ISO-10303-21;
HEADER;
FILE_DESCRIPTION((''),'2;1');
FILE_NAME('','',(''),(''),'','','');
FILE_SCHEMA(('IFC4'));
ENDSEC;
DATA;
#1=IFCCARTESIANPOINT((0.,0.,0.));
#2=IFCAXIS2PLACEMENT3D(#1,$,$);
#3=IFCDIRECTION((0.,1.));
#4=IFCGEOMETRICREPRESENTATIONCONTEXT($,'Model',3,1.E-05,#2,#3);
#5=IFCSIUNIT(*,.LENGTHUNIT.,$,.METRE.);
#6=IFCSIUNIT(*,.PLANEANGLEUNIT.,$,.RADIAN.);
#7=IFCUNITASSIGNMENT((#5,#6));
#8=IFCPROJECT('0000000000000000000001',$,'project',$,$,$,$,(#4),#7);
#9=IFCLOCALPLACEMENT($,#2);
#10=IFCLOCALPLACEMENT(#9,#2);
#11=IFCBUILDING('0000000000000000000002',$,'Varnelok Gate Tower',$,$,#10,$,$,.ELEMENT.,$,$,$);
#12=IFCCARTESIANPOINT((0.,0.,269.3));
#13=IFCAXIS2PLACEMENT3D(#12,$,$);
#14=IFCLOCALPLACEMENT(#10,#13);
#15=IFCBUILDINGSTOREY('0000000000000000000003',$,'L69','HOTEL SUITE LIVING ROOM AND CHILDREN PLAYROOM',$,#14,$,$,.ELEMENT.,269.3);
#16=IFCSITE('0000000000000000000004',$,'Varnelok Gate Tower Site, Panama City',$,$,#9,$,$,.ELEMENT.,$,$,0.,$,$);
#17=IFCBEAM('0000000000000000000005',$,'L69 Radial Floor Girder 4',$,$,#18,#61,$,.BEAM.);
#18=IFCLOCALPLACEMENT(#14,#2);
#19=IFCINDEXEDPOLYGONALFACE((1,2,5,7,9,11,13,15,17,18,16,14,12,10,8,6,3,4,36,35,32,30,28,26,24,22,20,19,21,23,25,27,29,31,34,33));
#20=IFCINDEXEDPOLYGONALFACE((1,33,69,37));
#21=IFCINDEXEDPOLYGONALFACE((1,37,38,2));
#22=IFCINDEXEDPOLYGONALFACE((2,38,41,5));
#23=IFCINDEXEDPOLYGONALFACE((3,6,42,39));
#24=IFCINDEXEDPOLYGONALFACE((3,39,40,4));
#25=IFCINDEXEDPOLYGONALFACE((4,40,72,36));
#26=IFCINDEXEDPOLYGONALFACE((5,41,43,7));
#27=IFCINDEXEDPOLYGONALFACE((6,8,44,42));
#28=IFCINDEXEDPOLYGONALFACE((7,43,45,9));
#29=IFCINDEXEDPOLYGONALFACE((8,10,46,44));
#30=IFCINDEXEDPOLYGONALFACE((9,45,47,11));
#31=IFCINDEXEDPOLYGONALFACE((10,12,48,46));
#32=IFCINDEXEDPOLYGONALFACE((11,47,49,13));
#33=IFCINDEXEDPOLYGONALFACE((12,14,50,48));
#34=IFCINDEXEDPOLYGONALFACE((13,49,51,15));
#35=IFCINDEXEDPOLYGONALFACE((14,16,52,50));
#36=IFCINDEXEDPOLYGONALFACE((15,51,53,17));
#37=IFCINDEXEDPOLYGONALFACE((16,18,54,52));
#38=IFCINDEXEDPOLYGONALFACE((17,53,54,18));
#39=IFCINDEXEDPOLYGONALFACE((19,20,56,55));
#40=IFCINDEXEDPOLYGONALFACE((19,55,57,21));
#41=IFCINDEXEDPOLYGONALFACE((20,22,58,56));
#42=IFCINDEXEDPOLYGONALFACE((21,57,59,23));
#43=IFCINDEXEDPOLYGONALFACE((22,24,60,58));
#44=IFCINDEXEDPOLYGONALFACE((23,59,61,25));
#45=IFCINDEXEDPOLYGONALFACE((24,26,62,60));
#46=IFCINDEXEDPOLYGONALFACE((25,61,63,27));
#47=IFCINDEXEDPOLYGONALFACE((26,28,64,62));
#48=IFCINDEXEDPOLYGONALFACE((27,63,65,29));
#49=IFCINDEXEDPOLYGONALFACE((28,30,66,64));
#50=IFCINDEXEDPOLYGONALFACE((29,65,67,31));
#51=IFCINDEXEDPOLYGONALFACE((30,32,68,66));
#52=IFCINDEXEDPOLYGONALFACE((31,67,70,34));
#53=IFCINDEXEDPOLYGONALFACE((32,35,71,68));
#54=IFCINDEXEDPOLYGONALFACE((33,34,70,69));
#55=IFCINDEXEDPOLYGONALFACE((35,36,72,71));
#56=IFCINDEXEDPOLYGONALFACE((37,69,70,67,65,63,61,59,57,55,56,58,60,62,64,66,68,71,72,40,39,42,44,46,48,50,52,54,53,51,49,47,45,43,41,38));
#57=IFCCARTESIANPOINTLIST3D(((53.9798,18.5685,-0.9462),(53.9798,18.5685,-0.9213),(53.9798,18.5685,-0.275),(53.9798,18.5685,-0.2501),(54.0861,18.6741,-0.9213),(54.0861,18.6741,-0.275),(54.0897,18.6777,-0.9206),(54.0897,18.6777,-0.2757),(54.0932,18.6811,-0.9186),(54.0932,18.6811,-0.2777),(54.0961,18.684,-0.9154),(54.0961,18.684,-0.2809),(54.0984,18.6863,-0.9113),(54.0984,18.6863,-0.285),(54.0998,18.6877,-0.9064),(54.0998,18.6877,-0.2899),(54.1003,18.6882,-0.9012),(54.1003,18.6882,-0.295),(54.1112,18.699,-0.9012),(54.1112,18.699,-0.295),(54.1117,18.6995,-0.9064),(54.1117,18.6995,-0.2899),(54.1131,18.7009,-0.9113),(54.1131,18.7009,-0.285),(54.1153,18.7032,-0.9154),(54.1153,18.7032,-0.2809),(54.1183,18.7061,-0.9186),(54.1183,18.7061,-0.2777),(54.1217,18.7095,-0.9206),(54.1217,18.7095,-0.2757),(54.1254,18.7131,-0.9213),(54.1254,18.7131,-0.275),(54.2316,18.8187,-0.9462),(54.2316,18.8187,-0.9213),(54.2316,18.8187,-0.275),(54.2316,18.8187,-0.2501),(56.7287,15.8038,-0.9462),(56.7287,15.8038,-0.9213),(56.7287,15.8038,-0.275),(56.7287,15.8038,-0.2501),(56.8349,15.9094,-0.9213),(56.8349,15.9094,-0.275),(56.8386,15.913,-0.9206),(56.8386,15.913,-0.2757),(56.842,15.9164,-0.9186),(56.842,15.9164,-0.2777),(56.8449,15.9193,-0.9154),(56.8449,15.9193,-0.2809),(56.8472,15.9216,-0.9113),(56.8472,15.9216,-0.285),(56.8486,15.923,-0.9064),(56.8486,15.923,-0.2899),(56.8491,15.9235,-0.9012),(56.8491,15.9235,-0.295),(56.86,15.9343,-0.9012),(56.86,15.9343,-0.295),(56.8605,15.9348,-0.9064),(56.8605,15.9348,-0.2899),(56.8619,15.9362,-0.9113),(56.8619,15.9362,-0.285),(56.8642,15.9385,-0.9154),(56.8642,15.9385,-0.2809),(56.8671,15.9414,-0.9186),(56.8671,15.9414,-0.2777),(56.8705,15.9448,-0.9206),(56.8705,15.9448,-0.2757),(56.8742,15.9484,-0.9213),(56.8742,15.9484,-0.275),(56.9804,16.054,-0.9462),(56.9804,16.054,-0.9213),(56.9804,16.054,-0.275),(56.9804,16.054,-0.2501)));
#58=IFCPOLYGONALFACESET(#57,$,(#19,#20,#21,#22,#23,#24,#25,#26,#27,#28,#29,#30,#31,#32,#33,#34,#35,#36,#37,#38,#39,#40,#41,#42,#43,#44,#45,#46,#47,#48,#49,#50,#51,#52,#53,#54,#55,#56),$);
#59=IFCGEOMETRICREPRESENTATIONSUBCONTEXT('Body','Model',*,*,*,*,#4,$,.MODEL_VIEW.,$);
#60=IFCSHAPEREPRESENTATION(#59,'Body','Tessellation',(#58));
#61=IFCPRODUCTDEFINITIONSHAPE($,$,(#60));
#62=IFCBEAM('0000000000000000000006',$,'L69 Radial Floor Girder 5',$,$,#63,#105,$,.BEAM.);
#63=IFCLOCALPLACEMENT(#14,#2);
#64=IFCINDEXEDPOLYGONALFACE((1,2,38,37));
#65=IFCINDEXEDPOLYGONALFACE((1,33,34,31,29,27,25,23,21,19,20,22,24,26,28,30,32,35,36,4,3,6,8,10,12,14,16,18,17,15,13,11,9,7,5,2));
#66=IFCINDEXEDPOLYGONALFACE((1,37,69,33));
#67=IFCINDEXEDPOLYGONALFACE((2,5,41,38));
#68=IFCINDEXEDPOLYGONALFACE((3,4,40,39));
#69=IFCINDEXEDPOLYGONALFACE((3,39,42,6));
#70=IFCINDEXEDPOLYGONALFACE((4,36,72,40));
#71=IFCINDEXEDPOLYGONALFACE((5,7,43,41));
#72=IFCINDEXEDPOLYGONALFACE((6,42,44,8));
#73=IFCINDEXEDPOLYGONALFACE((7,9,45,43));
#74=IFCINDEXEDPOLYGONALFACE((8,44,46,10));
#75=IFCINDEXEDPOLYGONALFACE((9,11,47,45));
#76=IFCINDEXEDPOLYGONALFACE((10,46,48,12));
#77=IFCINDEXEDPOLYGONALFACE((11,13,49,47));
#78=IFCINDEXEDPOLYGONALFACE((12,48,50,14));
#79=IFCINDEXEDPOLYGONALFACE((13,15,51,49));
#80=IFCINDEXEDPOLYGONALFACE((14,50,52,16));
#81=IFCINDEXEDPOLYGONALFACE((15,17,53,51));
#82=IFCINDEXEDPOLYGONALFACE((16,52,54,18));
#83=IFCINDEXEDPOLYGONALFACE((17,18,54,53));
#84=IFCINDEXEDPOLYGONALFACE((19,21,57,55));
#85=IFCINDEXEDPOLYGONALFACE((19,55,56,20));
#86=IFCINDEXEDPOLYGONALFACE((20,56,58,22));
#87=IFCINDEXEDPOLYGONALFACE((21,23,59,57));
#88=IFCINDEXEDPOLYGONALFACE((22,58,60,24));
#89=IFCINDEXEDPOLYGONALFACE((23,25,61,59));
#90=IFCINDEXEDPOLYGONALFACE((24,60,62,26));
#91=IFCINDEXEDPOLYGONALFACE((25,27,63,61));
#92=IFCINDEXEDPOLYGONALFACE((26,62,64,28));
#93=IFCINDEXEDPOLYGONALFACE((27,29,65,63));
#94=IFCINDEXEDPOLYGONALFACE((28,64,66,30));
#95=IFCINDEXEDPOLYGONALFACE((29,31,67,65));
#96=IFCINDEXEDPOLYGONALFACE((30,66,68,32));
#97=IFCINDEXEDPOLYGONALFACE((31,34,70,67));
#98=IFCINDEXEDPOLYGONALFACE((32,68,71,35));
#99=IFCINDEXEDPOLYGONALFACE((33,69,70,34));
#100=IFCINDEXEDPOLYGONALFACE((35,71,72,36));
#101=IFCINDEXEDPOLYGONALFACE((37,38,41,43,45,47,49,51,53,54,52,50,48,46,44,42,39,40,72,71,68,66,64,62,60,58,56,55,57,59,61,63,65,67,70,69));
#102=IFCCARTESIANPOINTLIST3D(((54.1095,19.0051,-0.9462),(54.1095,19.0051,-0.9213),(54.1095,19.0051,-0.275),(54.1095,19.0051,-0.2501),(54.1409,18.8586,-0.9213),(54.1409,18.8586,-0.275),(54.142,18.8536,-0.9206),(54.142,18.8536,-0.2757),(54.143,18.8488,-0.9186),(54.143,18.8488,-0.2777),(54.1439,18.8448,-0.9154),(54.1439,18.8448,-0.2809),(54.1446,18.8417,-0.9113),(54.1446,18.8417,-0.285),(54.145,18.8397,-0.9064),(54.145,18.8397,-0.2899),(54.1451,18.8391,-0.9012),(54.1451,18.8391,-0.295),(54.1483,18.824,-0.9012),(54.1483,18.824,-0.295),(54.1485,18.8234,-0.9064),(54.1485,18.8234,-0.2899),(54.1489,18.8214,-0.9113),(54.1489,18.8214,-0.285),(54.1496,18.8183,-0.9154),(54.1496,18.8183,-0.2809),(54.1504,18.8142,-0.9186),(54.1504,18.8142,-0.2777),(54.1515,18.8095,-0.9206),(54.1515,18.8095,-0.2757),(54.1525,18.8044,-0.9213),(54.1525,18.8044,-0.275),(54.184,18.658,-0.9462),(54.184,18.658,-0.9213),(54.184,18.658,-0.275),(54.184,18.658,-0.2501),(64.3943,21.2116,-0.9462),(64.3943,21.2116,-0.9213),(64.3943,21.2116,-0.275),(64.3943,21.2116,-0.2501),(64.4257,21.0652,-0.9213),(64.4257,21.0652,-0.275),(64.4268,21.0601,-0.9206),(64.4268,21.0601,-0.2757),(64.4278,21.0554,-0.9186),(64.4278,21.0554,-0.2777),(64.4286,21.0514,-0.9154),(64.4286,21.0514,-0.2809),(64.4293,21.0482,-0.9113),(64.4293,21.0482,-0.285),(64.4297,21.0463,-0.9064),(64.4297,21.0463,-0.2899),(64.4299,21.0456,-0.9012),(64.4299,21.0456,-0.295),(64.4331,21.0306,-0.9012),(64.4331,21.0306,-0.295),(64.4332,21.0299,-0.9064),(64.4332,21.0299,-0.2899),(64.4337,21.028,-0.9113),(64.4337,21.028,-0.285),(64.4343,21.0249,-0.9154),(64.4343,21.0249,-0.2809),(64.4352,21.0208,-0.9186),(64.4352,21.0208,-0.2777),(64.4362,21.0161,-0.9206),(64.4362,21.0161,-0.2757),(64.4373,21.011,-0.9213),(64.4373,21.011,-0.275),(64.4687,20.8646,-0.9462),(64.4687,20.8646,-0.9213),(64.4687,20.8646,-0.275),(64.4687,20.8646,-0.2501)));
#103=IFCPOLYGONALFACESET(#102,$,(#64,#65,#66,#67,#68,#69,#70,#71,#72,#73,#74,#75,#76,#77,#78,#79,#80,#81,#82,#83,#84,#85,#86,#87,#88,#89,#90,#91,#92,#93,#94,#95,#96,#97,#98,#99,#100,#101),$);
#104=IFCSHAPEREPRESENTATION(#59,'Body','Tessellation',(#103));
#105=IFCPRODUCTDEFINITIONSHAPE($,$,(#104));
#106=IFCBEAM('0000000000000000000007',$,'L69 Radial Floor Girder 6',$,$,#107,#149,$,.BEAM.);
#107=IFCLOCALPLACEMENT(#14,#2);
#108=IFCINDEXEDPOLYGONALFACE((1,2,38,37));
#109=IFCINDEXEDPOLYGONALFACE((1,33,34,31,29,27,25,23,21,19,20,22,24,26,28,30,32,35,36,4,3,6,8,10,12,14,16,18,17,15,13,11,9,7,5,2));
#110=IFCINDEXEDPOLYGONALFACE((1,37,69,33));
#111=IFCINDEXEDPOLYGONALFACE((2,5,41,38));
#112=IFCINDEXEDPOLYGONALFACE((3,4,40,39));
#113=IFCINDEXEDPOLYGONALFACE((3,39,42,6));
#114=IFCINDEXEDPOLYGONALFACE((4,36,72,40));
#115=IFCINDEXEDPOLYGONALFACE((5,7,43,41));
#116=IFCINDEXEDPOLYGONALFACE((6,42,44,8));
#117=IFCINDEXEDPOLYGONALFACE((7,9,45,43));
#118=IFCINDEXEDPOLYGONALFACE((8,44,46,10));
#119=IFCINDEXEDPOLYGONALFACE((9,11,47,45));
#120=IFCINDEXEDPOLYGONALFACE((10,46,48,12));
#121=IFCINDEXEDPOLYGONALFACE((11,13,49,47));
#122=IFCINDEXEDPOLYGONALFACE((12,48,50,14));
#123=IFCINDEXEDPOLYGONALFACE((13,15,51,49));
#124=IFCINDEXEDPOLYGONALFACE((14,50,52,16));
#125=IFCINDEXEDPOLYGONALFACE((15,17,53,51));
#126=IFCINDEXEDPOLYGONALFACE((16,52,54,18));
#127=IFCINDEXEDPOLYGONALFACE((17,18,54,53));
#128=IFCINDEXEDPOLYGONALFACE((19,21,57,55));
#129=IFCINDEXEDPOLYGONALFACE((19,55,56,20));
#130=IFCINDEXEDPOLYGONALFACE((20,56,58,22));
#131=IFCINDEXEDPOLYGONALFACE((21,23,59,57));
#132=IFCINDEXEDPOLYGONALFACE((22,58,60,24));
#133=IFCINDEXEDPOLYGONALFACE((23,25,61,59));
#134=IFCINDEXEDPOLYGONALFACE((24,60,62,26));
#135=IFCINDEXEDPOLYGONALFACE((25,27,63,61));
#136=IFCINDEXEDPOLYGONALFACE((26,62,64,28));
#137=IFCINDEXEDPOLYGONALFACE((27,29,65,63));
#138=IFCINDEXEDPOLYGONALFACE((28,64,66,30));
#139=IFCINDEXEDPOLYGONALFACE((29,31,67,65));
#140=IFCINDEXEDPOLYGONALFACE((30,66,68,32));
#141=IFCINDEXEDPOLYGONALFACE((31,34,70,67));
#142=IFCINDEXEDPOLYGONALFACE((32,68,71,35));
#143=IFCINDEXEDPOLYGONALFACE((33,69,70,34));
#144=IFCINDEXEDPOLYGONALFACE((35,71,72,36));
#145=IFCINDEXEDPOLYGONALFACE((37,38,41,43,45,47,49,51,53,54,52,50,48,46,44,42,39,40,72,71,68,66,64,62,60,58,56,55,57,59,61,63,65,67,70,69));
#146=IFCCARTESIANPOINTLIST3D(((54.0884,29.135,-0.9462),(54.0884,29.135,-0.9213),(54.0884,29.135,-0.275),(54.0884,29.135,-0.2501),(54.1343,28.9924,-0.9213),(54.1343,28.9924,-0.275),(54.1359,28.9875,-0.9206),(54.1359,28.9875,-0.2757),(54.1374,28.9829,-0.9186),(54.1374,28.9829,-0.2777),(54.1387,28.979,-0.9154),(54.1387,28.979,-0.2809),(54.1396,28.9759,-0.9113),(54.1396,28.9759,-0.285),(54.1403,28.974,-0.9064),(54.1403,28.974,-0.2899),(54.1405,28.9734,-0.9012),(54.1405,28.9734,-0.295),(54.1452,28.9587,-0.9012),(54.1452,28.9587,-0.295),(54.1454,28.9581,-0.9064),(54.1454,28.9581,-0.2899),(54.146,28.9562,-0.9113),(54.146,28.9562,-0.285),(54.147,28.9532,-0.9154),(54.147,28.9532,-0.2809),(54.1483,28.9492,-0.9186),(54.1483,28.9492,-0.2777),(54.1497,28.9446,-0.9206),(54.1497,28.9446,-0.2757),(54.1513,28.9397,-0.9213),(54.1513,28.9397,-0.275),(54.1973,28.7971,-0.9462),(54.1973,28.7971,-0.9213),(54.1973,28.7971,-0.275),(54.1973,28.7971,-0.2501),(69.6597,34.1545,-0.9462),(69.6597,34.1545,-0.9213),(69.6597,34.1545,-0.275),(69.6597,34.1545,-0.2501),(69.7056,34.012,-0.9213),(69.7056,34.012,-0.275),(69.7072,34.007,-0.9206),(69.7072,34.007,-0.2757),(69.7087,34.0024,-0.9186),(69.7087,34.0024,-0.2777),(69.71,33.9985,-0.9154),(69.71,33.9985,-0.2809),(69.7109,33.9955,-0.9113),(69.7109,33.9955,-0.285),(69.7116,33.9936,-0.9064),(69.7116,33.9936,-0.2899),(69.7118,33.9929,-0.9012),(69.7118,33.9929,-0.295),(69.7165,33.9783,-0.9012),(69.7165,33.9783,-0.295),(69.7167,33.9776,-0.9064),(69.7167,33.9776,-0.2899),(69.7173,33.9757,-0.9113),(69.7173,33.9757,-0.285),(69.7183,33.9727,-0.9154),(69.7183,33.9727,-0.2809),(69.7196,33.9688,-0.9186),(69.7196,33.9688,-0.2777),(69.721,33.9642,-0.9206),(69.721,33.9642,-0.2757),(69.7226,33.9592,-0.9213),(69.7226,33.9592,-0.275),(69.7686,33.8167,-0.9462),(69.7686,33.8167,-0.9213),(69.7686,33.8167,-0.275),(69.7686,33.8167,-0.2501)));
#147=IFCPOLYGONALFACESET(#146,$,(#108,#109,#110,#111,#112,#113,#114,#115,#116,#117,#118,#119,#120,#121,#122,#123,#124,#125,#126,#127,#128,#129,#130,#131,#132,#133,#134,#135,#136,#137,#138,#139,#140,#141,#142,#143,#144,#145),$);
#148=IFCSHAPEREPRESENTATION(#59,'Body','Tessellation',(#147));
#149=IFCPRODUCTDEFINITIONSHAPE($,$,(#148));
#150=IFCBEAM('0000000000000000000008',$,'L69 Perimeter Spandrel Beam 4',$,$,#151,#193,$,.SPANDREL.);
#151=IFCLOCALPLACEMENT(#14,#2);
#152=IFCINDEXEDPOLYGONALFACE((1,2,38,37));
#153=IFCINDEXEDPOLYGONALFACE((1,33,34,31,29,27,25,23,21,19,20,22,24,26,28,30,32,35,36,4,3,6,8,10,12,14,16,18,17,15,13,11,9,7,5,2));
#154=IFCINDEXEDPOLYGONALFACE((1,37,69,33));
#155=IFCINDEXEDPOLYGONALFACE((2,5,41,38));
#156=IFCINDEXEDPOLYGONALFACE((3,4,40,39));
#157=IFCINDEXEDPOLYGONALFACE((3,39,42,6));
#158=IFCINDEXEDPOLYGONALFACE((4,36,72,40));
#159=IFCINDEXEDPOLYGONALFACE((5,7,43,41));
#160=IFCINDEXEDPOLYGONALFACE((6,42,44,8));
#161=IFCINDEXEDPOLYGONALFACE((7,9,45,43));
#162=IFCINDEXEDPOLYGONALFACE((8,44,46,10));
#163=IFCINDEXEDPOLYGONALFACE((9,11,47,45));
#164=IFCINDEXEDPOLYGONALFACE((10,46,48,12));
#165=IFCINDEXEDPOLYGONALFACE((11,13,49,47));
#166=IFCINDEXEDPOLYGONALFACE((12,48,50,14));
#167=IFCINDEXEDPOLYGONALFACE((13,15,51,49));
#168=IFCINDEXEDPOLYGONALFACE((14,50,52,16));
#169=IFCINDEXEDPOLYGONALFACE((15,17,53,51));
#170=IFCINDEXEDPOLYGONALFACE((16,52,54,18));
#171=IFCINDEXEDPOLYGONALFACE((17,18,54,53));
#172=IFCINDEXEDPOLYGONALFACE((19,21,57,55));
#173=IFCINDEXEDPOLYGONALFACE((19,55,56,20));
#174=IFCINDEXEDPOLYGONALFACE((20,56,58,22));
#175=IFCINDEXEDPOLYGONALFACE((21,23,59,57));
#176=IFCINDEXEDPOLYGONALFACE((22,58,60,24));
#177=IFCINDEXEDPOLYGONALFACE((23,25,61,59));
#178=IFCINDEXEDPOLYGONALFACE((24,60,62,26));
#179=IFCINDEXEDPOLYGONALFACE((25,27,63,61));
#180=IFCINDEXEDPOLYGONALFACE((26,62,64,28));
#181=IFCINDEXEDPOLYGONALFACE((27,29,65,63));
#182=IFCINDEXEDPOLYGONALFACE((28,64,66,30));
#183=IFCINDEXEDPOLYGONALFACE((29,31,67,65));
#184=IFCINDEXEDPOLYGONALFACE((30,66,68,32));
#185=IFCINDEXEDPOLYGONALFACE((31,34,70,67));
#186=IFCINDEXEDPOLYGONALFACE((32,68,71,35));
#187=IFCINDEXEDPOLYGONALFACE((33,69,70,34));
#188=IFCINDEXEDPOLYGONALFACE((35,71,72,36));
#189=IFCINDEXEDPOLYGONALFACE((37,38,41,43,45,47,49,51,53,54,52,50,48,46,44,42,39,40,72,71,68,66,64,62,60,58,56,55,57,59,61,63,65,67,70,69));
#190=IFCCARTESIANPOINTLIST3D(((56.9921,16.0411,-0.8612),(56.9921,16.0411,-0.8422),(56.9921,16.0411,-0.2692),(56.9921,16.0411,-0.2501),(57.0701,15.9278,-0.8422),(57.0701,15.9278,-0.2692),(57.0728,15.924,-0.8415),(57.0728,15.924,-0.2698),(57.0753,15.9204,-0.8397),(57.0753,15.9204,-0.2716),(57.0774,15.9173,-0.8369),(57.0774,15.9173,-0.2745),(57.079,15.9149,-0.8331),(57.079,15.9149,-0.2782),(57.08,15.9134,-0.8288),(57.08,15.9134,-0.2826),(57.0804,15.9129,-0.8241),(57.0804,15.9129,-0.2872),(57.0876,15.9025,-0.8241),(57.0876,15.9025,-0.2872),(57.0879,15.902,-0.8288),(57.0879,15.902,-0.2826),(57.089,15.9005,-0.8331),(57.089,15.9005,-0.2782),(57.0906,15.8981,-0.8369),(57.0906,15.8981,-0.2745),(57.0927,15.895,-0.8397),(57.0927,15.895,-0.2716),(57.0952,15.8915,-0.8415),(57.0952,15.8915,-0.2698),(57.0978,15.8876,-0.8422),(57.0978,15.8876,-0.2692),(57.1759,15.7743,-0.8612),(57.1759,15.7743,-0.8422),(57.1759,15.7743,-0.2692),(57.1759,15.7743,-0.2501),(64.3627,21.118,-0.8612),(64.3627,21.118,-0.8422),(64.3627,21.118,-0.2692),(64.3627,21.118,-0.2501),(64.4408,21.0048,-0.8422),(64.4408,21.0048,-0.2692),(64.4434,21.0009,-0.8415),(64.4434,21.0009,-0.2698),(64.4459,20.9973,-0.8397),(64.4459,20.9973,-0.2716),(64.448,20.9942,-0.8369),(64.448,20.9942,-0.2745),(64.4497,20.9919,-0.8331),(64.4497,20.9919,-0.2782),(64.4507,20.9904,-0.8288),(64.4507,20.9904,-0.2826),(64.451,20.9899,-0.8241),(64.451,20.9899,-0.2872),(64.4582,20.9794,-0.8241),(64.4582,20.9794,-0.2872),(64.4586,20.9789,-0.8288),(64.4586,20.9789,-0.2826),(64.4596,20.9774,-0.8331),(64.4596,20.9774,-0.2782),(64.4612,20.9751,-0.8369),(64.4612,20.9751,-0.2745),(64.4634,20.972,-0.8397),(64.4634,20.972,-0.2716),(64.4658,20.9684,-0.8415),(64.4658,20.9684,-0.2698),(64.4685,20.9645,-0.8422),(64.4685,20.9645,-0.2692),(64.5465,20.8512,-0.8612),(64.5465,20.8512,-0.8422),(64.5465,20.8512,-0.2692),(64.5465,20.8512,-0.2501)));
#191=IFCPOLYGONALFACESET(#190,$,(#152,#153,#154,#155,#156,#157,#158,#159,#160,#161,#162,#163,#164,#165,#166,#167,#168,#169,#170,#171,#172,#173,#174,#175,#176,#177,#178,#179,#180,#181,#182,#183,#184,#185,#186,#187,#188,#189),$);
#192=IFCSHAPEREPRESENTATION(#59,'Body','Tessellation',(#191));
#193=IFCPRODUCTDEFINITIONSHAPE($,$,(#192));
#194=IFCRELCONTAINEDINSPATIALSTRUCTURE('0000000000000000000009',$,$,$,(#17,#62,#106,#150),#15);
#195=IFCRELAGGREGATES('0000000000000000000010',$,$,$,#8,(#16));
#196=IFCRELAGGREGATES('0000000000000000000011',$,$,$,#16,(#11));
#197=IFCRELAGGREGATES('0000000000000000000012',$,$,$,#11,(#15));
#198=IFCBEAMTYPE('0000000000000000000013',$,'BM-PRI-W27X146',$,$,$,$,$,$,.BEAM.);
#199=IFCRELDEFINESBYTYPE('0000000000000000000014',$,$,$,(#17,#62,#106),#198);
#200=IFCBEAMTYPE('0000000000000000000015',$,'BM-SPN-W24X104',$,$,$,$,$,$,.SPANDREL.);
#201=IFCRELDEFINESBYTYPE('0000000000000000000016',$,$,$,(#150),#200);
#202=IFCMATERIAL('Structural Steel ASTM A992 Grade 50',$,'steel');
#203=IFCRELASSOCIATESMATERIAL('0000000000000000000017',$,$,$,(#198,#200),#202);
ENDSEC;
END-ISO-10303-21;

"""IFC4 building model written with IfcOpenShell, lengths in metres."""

from ifc_helpers import new_model, si_unit, direction, frame, origin, origin_2d, place, context, subcontext, project, spatial, i_section, extrude, material, material_profile, profile_set, type_object, element, save


model = new_model("IFC4")

# Units and contexts
model_context = context("Model", 3, precision=1e-05, world=origin(), true_north=direction((0.0, 1.0)))
body_context = subcontext(model_context, "Body", "Model", "MODEL_VIEW")
ifc_project = project(units=[si_unit("LENGTHUNIT", "METRE"), si_unit("PLANEANGLEUNIT", "RADIAN")], contexts=[model_context])

# Site, building, storey
site_placement = place(None, origin())
site = spatial("IfcSite", under=ifc_project, at=site_placement, Name="Varnelok Gate Tower Site, Panama City", CompositionType="ELEMENT", RefElevation=0.0)
building_placement = place(site_placement, origin())
building = spatial("IfcBuilding", under=site, at=building_placement, Name="Varnelok Gate Tower", CompositionType="ELEMENT")
storey_placement = place(building_placement, frame((0.0, 0.0, 269.3)))
storey = spatial("IfcBuildingStorey", under=building, at=storey_placement, Name="L69", Description="HOTEL SUITE LIVING ROOM AND CHILDREN PLAYROOM", CompositionType="ELEMENT", Elevation=269.3)

# Shared definitions
ifc_material_1 = material(Name="Structural Steel ASTM A992 Grade 50", Category="steel")

# Beams
ifc_material_profile_1 = material_profile(ifc_material_1, i_section(OverallWidth=0.355, OverallDepth=0.696, WebThickness=0.0154, FlangeThickness=0.0249, FilletRadius=0.02, at=origin_2d()), Name="W27X146")
ifc_profile_set_1 = profile_set([ifc_material_profile_1], Name="Structural Steel ASTM A992 Grade 50")
beam_type_1 = type_object("IfcBeamType", Name="BM-PRI-W27X146", PredefinedType="BEAM", material=ifc_profile_set_1)
beam_1_placement = place(storey_placement, frame((54.1057, 18.6936, -0.5981), z_axis=(0.705069, -0.709139, 0.0), x_axis=(0.709139, 0.705069, 0.0)))
element("IfcBeam", 1, at=beam_1_placement, inside=storey, type_object=beam_type_1, Name="L69 Radial Floor Girder 4", PredefinedType="BEAM", context=body_context, shape_type="SweptSolid", body=[
    extrude(i_section(OverallWidth=0.355, OverallDepth=0.696, WebThickness=0.0154, FlangeThickness=0.0249, FilletRadius=0.02, at=origin_2d()), origin(), (0.0, 0.0, 1.0), 3.8987),
])
beam_2_placement = place(storey_placement, frame((54.1467, 18.8315, -0.5981), z_axis=(0.97775, 0.209773, 0.0), x_axis=(-0.209773, 0.97775, 0.0)))
element("IfcBeam", 2, at=beam_2_placement, inside=storey, type_object=beam_type_1, Name="L69 Radial Floor Girder 5", PredefinedType="BEAM", context=body_context, shape_type="SweptSolid", body=[
    extrude(i_section(OverallWidth=0.355, OverallDepth=0.696, WebThickness=0.0154, FlangeThickness=0.0249, FilletRadius=0.02, at=origin_2d()), origin(), (0.0, 0.0, 1.0), 10.5188),
])
beam_3_placement = place(storey_placement, frame((54.1428, 28.9661, -0.5981), z_axis=(0.95177, 0.306811, 0.0), x_axis=(-0.306811, 0.95177, 0.0)))
element("IfcBeam", 3, at=beam_3_placement, inside=storey, type_object=beam_type_1, Name="L69 Radial Floor Girder 6", PredefinedType="BEAM", context=body_context, shape_type="SweptSolid", body=[
    extrude(i_section(OverallWidth=0.355, OverallDepth=0.696, WebThickness=0.0154, FlangeThickness=0.0249, FilletRadius=0.02, at=origin_2d()), origin(), (0.0, 0.0, 1.0), 16.3604),
])
ifc_material_profile_2 = material_profile(ifc_material_1, i_section(OverallWidth=0.324, OverallDepth=0.6111, WebThickness=0.0127, FlangeThickness=0.019, FilletRadius=0.0181, at=origin_2d()), Name="W24X104")
ifc_profile_set_2 = profile_set([ifc_material_profile_2], Name="Structural Steel ASTM A992 Grade 50")
beam_type_2 = type_object("IfcBeamType", Name="BM-SPN-W24X104", PredefinedType="SPANDREL", material=ifc_profile_set_2)
beam_4_placement = place(storey_placement, frame((57.084, 15.9077, -0.5557), z_axis=(0.82354, 0.567258, 0.0), x_axis=(-0.567258, 0.82354, 0.0)))
element("IfcBeam", 4, at=beam_4_placement, inside=storey, type_object=beam_type_2, Name="L69 Perimeter Spandrel Beam 4", PredefinedType="SPANDREL", context=body_context, shape_type="SweptSolid", body=[
    extrude(i_section(OverallWidth=0.324, OverallDepth=0.6111, WebThickness=0.0127, FlangeThickness=0.019, FilletRadius=0.0181, at=origin_2d()), origin(), (0.0, 0.0, 1.0), 8.95),
])

save(model, "model.ifc")
